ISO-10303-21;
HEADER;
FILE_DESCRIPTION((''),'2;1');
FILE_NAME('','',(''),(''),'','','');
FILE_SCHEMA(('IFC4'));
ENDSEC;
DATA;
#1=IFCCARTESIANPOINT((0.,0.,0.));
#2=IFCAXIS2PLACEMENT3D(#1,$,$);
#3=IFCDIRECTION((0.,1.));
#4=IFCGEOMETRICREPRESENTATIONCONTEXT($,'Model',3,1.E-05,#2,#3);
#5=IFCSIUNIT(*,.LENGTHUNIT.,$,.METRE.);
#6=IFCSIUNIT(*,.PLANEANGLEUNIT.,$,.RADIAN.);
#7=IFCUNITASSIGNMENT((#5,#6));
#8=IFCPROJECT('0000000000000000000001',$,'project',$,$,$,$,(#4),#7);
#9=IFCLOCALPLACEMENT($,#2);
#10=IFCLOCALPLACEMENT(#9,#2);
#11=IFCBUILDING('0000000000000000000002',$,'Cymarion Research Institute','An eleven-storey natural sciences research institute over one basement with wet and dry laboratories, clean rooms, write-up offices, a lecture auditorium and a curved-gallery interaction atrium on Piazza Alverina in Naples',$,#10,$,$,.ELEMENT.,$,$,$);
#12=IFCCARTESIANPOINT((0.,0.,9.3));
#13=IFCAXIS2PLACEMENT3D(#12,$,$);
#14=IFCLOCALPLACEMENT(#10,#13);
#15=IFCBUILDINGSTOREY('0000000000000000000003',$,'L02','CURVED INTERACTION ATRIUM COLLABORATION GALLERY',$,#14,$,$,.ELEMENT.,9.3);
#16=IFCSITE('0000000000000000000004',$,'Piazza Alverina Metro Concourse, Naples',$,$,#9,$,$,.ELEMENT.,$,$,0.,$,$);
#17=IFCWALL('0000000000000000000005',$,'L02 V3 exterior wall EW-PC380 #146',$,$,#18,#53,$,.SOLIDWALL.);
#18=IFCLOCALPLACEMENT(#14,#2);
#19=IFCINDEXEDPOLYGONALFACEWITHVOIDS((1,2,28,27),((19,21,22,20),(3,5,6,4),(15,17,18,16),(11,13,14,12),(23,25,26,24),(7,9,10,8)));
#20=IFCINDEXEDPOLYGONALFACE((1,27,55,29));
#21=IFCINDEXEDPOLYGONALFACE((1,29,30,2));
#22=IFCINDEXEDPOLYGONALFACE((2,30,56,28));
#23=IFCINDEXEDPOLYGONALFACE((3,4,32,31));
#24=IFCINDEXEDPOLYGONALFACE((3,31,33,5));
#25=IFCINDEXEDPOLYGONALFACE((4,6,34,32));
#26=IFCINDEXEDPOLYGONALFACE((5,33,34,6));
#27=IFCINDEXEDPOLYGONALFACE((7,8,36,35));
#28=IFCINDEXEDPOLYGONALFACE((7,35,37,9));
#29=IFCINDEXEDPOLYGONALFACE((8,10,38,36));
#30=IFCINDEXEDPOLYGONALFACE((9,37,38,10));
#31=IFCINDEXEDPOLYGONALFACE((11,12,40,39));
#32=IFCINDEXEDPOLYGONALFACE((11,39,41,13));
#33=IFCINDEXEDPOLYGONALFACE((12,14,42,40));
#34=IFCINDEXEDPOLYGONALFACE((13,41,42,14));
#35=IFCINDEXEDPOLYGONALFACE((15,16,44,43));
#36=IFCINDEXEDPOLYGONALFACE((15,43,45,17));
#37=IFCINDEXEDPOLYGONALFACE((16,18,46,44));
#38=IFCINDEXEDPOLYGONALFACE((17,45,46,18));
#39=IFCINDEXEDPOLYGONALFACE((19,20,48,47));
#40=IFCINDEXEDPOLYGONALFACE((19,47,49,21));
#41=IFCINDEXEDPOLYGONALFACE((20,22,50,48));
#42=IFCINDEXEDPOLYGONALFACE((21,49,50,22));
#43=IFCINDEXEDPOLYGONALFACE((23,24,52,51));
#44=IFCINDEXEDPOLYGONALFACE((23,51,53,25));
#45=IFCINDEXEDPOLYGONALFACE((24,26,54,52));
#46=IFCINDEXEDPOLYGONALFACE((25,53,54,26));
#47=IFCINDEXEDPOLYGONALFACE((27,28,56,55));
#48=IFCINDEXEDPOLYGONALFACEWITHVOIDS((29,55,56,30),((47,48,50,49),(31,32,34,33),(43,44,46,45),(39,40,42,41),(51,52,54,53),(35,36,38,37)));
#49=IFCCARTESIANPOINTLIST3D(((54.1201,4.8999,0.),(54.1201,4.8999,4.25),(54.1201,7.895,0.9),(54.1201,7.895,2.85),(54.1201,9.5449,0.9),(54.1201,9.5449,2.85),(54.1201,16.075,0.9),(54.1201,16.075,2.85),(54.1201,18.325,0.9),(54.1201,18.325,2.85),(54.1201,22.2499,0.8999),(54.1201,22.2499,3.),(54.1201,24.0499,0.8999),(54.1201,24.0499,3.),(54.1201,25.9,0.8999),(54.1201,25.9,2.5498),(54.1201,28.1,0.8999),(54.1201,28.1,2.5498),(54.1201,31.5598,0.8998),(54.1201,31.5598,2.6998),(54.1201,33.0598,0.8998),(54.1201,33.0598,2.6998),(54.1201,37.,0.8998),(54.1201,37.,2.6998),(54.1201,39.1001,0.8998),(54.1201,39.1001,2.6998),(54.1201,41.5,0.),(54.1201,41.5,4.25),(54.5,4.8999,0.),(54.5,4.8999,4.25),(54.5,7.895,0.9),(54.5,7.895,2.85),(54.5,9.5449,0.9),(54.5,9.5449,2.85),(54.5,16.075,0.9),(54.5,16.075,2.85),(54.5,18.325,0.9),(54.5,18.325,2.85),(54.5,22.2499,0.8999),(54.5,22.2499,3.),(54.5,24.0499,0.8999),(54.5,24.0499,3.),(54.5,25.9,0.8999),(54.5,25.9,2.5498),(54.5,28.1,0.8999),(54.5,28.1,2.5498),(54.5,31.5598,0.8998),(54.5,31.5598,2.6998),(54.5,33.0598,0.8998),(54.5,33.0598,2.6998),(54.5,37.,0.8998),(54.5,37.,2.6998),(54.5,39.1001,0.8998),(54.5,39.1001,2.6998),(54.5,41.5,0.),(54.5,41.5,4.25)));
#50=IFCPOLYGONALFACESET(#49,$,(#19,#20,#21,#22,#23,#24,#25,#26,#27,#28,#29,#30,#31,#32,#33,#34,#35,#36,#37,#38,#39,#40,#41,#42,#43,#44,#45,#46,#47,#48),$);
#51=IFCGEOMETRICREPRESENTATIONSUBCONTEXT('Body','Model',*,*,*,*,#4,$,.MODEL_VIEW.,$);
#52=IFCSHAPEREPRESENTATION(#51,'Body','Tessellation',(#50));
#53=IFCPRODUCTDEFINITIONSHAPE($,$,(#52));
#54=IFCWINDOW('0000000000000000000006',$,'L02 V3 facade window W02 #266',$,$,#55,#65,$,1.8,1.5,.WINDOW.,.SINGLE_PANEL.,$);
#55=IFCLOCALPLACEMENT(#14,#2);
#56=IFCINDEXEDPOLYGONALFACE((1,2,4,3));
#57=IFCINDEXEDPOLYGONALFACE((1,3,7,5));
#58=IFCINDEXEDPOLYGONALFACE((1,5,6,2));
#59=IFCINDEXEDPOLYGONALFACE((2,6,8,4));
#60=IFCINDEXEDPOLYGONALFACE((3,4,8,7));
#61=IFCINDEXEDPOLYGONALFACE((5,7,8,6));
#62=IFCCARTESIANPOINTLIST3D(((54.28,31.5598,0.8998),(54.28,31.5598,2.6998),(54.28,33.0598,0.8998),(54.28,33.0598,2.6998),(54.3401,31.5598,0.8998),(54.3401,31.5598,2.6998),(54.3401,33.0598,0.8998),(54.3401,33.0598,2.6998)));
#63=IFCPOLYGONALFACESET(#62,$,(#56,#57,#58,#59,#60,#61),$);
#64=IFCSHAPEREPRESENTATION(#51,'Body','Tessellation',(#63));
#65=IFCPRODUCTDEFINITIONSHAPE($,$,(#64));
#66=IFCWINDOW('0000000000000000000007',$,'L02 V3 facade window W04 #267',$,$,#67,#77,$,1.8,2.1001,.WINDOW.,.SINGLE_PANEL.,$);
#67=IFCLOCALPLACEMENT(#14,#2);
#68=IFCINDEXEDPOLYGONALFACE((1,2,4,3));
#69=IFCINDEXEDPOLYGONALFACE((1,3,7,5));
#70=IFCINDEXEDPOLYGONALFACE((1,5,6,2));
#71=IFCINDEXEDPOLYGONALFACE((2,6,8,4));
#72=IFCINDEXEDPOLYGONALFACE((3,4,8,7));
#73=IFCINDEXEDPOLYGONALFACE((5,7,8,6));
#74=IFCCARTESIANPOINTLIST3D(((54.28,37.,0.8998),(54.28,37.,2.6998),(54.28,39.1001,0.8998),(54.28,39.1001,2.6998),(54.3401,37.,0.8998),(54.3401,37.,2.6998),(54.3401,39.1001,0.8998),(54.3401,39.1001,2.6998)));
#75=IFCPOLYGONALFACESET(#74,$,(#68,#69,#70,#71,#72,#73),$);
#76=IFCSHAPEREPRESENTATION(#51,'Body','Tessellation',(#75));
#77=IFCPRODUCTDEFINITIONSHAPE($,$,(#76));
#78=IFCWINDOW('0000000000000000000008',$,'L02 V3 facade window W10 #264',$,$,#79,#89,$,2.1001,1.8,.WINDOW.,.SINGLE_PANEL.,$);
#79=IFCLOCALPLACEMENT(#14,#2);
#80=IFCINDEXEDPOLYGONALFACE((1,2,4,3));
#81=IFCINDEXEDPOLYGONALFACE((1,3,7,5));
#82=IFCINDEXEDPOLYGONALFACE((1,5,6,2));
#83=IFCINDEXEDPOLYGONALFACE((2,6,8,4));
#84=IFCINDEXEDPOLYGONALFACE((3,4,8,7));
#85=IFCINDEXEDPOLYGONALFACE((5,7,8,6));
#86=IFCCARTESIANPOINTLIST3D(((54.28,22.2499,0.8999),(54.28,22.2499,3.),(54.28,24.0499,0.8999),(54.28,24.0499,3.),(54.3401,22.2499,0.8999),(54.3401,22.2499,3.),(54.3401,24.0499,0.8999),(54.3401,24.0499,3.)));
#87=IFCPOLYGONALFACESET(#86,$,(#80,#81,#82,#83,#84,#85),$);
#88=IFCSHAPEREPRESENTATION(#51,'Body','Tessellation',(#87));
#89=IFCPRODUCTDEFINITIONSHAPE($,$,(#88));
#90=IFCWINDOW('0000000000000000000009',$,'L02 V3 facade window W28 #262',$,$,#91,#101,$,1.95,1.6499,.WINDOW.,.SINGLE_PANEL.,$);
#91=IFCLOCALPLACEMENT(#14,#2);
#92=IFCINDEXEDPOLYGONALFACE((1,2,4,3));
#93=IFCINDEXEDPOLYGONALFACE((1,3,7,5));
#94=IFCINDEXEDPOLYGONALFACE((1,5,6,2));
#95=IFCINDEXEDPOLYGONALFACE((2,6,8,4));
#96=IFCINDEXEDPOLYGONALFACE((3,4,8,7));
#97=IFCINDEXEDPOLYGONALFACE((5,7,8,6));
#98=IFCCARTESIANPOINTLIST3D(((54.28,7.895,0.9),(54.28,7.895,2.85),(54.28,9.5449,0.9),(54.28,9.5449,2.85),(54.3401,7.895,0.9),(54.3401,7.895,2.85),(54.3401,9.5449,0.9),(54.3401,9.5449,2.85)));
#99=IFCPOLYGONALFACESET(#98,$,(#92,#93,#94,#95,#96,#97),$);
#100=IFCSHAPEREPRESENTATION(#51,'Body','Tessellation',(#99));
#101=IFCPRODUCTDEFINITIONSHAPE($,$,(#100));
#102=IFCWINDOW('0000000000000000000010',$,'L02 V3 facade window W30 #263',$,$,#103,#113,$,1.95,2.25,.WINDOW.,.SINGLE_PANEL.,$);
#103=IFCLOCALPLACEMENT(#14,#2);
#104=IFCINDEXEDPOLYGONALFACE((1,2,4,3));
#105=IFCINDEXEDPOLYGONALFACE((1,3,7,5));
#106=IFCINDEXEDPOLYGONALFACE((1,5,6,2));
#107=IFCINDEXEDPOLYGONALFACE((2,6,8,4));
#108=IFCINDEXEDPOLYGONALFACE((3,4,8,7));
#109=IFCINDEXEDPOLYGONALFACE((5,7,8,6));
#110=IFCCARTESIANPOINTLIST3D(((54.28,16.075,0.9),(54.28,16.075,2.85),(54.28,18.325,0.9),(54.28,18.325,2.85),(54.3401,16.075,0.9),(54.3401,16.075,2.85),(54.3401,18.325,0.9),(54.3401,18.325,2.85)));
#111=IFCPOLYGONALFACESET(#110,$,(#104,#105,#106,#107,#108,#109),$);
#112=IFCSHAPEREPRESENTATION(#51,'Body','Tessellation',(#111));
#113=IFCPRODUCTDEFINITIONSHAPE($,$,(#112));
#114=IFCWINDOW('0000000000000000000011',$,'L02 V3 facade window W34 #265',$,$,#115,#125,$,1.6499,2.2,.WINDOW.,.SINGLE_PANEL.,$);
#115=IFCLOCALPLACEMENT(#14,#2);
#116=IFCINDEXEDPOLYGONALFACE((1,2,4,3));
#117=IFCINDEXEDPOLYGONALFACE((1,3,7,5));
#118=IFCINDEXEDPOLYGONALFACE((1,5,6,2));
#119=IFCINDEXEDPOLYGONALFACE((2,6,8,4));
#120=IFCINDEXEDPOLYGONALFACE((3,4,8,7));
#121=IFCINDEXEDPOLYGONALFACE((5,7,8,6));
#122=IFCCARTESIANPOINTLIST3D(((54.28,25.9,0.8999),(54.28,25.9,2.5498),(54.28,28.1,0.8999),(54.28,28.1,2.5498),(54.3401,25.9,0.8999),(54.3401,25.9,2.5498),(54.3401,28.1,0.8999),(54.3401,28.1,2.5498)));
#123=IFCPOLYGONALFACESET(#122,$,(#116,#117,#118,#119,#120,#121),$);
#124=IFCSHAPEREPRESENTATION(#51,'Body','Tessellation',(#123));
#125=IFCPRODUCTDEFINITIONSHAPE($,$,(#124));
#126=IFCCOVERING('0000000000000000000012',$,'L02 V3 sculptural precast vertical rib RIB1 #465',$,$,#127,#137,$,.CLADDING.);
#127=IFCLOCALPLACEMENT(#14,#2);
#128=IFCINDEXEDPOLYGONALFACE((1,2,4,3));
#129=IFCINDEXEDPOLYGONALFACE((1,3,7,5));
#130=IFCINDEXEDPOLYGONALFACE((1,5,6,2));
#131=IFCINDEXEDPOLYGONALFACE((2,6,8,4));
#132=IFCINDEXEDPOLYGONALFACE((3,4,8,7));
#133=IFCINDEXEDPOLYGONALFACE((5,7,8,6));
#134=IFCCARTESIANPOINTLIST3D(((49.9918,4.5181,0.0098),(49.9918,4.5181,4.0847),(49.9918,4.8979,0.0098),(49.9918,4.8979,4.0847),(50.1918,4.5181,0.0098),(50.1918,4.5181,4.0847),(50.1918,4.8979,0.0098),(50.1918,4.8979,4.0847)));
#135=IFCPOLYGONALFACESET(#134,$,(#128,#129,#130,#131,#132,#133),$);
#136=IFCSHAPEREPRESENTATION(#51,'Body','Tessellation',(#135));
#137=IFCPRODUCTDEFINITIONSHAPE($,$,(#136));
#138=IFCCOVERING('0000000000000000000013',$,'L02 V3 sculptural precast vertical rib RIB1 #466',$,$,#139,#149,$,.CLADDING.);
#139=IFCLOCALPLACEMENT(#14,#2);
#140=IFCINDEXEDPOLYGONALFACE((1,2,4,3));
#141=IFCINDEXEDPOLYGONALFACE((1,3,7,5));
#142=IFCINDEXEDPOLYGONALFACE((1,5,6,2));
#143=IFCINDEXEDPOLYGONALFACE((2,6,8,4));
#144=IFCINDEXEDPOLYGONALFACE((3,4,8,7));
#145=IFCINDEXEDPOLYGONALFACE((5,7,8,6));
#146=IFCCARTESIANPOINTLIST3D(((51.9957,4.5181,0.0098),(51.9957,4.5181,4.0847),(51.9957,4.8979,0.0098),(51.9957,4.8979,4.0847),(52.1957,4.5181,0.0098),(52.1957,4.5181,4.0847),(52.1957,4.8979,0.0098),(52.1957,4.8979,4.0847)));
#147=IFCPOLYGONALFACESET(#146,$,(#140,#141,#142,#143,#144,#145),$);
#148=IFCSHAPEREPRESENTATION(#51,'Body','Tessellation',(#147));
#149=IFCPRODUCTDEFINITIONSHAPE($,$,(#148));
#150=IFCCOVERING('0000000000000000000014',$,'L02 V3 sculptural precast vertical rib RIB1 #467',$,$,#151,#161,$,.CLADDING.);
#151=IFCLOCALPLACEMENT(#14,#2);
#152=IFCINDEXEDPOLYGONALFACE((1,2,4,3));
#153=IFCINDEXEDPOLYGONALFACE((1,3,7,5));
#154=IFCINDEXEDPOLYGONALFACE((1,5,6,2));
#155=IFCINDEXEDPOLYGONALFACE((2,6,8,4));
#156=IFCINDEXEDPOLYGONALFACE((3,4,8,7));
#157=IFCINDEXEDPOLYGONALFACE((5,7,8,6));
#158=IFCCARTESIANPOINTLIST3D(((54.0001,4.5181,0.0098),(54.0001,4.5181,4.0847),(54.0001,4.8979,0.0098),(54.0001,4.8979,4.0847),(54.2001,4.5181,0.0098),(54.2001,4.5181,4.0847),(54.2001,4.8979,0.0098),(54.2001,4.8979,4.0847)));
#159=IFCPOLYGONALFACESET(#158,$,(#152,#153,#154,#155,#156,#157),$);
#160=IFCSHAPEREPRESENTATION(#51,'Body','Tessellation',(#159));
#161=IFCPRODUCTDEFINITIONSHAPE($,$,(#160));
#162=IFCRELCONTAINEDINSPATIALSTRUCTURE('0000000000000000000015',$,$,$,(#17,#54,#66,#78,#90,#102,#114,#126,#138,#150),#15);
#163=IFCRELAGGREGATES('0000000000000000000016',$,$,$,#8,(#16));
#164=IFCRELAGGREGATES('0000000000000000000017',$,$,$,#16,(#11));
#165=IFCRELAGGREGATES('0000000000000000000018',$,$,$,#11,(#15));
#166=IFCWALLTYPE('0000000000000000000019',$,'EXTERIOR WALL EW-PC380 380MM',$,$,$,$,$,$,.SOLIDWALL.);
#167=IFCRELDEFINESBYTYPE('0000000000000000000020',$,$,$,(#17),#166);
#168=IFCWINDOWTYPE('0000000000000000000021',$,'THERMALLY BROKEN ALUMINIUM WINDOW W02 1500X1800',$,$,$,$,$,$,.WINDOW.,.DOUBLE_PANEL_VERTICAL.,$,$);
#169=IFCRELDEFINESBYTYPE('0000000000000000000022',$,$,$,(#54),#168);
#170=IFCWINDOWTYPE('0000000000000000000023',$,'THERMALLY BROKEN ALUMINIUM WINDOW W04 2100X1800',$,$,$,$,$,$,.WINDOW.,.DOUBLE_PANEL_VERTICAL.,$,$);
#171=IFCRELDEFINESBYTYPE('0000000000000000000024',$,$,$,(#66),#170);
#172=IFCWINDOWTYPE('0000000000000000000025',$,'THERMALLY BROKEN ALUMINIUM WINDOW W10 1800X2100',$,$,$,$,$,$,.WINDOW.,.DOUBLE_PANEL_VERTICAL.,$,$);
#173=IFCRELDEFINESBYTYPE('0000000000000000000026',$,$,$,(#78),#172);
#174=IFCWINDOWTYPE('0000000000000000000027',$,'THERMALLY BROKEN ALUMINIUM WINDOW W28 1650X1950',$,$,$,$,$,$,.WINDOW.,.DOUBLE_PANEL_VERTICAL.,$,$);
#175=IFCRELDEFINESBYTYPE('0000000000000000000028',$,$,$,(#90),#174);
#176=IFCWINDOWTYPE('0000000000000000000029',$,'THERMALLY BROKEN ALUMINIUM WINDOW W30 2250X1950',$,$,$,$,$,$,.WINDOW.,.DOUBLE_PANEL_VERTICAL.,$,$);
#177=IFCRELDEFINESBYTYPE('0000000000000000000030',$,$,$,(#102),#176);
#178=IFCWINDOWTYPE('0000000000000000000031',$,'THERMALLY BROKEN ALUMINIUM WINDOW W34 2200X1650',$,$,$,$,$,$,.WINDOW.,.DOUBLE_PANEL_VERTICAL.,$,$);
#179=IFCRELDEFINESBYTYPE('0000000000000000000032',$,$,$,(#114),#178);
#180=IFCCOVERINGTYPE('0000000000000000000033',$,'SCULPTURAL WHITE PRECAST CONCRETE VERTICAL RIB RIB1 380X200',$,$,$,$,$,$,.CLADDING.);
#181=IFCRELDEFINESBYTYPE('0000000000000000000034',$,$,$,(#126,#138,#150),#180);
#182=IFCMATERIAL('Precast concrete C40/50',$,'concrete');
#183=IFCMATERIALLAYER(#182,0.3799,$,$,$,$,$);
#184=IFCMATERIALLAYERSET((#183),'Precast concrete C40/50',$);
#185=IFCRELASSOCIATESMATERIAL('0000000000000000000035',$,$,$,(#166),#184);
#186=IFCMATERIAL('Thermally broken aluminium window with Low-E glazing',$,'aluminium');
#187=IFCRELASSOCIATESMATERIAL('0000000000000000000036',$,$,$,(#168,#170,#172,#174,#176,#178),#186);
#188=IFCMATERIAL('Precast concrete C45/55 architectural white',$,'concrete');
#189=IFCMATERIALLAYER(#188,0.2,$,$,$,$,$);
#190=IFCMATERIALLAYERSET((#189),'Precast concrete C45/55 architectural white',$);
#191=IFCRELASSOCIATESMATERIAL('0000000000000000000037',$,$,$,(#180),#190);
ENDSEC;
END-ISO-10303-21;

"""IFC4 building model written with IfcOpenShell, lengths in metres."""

from ifc_helpers import new_model, si_unit, direction, frame, frame_2d, origin, origin_2d, place, context, subcontext, project, spatial, rectangle, extrude, material, layer, layer_set, type_object, element, fill, save


model = new_model("IFC4")

# Units and contexts
model_context = context("Model", 3, precision=1e-05, world=origin(), true_north=direction((0.0, 1.0)))
body_context = subcontext(model_context, "Body", "Model", "MODEL_VIEW")
ifc_project = project(units=[si_unit("LENGTHUNIT", "METRE"), si_unit("PLANEANGLEUNIT", "RADIAN")], contexts=[model_context])

# Site, building, storey
site_placement = place(None, origin())
site = spatial("IfcSite", under=ifc_project, at=site_placement, Name="Piazza Alverina Metro Concourse, Naples", CompositionType="ELEMENT", RefElevation=0.0)
building_placement = place(site_placement, origin())
building = spatial("IfcBuilding", under=site, at=building_placement, Name="Cymarion Research Institute", Description="An eleven-storey natural sciences research institute over one basement with wet and dry laboratories, clean rooms, write-up offices, a lecture auditorium and a curved-gallery interaction atrium on Piazza Alverina in Naples", CompositionType="ELEMENT")
storey_placement = place(building_placement, frame((0.0, 0.0, 9.3)))
storey = spatial("IfcBuildingStorey", under=building, at=storey_placement, Name="L02", Description="CURVED INTERACTION ATRIUM COLLABORATION GALLERY", CompositionType="ELEMENT", Elevation=9.3)

# Wall, openings, windows
ifc_material_1 = material(Name="Precast concrete C40/50", Category="concrete")
ifc_layer_1 = layer(ifc_material_1, 0.3799)
ifc_layer_set_1 = layer_set([ifc_layer_1], Name="Precast concrete C40/50")
wall_type = type_object("IfcWallType", Name="EXTERIOR WALL EW-PC380 380MM", PredefinedType="SOLIDWALL", material=ifc_layer_set_1)
wall_placement = place(storey_placement, frame((54.3101, 4.8999, 0.0), z_axis=(0.0, 0.0, 1.0), x_axis=(0.0, 1.0, 0.0)))
wall = element("IfcWall", 1, at=wall_placement, inside=storey, type_object=wall_type, Name="L02 V3 exterior wall EW-PC380 #146", PredefinedType="SOLIDWALL", context=body_context, shape_type="SweptSolid", body=[
    extrude(rectangle(XDim=36.6001, YDim=0.3799, at=frame_2d((18.3, 0.0))), origin(), (0.0, 0.0, 1.0), 4.25),
])
opening_1_placement = place(wall_placement, frame((2.9951, 0.0, 0.8999)))
opening_1 = element("IfcOpeningElement", 2, at=opening_1_placement, cuts=wall, PredefinedType="OPENING", context=body_context, shape_type="SweptSolid", body=[
    extrude(rectangle(XDim=1.6499, YDim=1.95, at=frame_2d((0.825, 0.9751))), frame((0.0, 0.2, 0.0), z_axis=(0.0, -1.0, 0.0), x_axis=(1.0, 0.0, 0.0)), (0.0, 0.0, 1.0), 0.3999),
])
opening_2_placement = place(wall_placement, frame((11.175, 0.0, 0.8999)))
opening_2 = element("IfcOpeningElement", 3, at=opening_2_placement, cuts=wall, PredefinedType="OPENING", context=body_context, shape_type="SweptSolid", body=[
    extrude(rectangle(XDim=2.25, YDim=1.95, at=frame_2d((1.125, 0.9751))), frame((0.0, 0.2, 0.0), z_axis=(0.0, -1.0, 0.0), x_axis=(1.0, 0.0, 0.0)), (0.0, 0.0, 1.0), 0.3999),
])
opening_3_placement = place(wall_placement, frame((17.3501, 0.0, 0.8999)))
opening_3 = element("IfcOpeningElement", 4, at=opening_3_placement, cuts=wall, PredefinedType="OPENING", context=body_context, shape_type="SweptSolid", body=[
    extrude(rectangle(XDim=1.8, YDim=2.1001, at=frame_2d((0.8999, 1.05))), frame((0.0, 0.2, 0.0), z_axis=(0.0, -1.0, 0.0), x_axis=(1.0, 0.0, 0.0)), (0.0, 0.0, 1.0), 0.3999),
])
opening_4_placement = place(wall_placement, frame((21.0, 0.0, 0.8999)))
opening_4 = element("IfcOpeningElement", 5, at=opening_4_placement, cuts=wall, PredefinedType="OPENING", context=body_context, shape_type="SweptSolid", body=[
    extrude(rectangle(XDim=2.2, YDim=1.6499, at=frame_2d((1.1001, 0.825))), frame((0.0, 0.2, 0.0), z_axis=(0.0, -1.0, 0.0), x_axis=(1.0, 0.0, 0.0)), (0.0, 0.0, 1.0), 0.3999),
])
opening_5_placement = place(wall_placement, frame((26.6599, 0.0, 0.8999)))
opening_5 = element("IfcOpeningElement", 6, at=opening_5_placement, cuts=wall, PredefinedType="OPENING", context=body_context, shape_type="SweptSolid", body=[
    extrude(rectangle(XDim=1.5, YDim=1.8, at=frame_2d((0.75, 0.8999))), frame((0.0, 0.2, 0.0), z_axis=(0.0, -1.0, 0.0), x_axis=(1.0, 0.0, 0.0)), (0.0, 0.0, 1.0), 0.3999),
])
opening_6_placement = place(wall_placement, frame((32.1001, 0.0, 0.8999)))
opening_6 = element("IfcOpeningElement", 7, at=opening_6_placement, cuts=wall, PredefinedType="OPENING", context=body_context, shape_type="SweptSolid", body=[
    extrude(rectangle(XDim=2.1001, YDim=1.8, at=frame_2d((1.05, 0.8999))), frame((0.0, 0.2, 0.0), z_axis=(0.0, -1.0, 0.0), x_axis=(1.0, 0.0, 0.0)), (0.0, 0.0, 1.0), 0.3999),
])
ifc_material_2 = material(Name="Thermally broken aluminium window with Low-E glazing", Category="aluminium")
window_type_1 = type_object("IfcWindowType", Name="THERMALLY BROKEN ALUMINIUM WINDOW W02 1500X1800", PartitioningType="DOUBLE_PANEL_VERTICAL", PredefinedType="WINDOW", material=ifc_material_2)
window_1_placement = place(opening_5_placement, origin())
window_1 = element("IfcWindow", 8, at=window_1_placement, inside=storey, type_object=window_type_1, Name="L02 V3 facade window W02 #266", OverallHeight=1.8, OverallWidth=1.5, PartitioningType="SINGLE_PANEL", PredefinedType="WINDOW", context=body_context, shape_type="SweptSolid", body=[
    extrude(rectangle(XDim=1.5, YDim=1.8, at=frame_2d((0.75, 0.8999))), frame((0.0, 0.03, 0.0), z_axis=(0.0, -1.0, 0.0), x_axis=(1.0, 0.0, 0.0)), (0.0, 0.0, 1.0), 0.0601),
])
fill(opening_5, window_1)
window_type_2 = type_object("IfcWindowType", Name="THERMALLY BROKEN ALUMINIUM WINDOW W04 2100X1800", PartitioningType="DOUBLE_PANEL_VERTICAL", PredefinedType="WINDOW", material=ifc_material_2)
window_2_placement = place(opening_6_placement, origin())
window_2 = element("IfcWindow", 9, at=window_2_placement, inside=storey, type_object=window_type_2, Name="L02 V3 facade window W04 #267", OverallHeight=1.8, OverallWidth=2.1001, PartitioningType="SINGLE_PANEL", PredefinedType="WINDOW", context=body_context, shape_type="SweptSolid", body=[
    extrude(rectangle(XDim=2.1001, YDim=1.8, at=frame_2d((1.05, 0.8999))), frame((0.0, 0.03, 0.0), z_axis=(0.0, -1.0, 0.0), x_axis=(1.0, 0.0, 0.0)), (0.0, 0.0, 1.0), 0.0601),
])
fill(opening_6, window_2)
window_type_3 = type_object("IfcWindowType", Name="THERMALLY BROKEN ALUMINIUM WINDOW W10 1800X2100", PartitioningType="DOUBLE_PANEL_VERTICAL", PredefinedType="WINDOW", material=ifc_material_2)
window_3_placement = place(opening_3_placement, origin())
window_3 = element("IfcWindow", 10, at=window_3_placement, inside=storey, type_object=window_type_3, Name="L02 V3 facade window W10 #264", OverallHeight=2.1001, OverallWidth=1.8, PartitioningType="SINGLE_PANEL", PredefinedType="WINDOW", context=body_context, shape_type="SweptSolid", body=[
    extrude(rectangle(XDim=1.8, YDim=2.1001, at=frame_2d((0.8999, 1.05))), frame((0.0, 0.03, 0.0), z_axis=(0.0, -1.0, 0.0), x_axis=(1.0, 0.0, 0.0)), (0.0, 0.0, 1.0), 0.0601),
])
fill(opening_3, window_3)
window_type_4 = type_object("IfcWindowType", Name="THERMALLY BROKEN ALUMINIUM WINDOW W28 1650X1950", PartitioningType="DOUBLE_PANEL_VERTICAL", PredefinedType="WINDOW", material=ifc_material_2)
window_4_placement = place(opening_1_placement, origin())
window_4 = element("IfcWindow", 11, at=window_4_placement, inside=storey, type_object=window_type_4, Name="L02 V3 facade window W28 #262", OverallHeight=1.95, OverallWidth=1.6499, PartitioningType="SINGLE_PANEL", PredefinedType="WINDOW", context=body_context, shape_type="SweptSolid", body=[
    extrude(rectangle(XDim=1.6499, YDim=1.95, at=frame_2d((0.825, 0.9751))), frame((0.0, 0.03, 0.0), z_axis=(0.0, -1.0, 0.0), x_axis=(1.0, 0.0, 0.0)), (0.0, 0.0, 1.0), 0.0601),
])
fill(opening_1, window_4)
window_type_5 = type_object("IfcWindowType", Name="THERMALLY BROKEN ALUMINIUM WINDOW W30 2250X1950", PartitioningType="DOUBLE_PANEL_VERTICAL", PredefinedType="WINDOW", material=ifc_material_2)
window_5_placement = place(opening_2_placement, origin())
window_5 = element("IfcWindow", 12, at=window_5_placement, inside=storey, type_object=window_type_5, Name="L02 V3 facade window W30 #263", OverallHeight=1.95, OverallWidth=2.25, PartitioningType="SINGLE_PANEL", PredefinedType="WINDOW", context=body_context, shape_type="SweptSolid", body=[
    extrude(rectangle(XDim=2.25, YDim=1.95, at=frame_2d((1.125, 0.9751))), frame((0.0, 0.03, 0.0), z_axis=(0.0, -1.0, 0.0), x_axis=(1.0, 0.0, 0.0)), (0.0, 0.0, 1.0), 0.0601),
])
fill(opening_2, window_5)
window_type_6 = type_object("IfcWindowType", Name="THERMALLY BROKEN ALUMINIUM WINDOW W34 2200X1650", PartitioningType="DOUBLE_PANEL_VERTICAL", PredefinedType="WINDOW", material=ifc_material_2)
window_6_placement = place(opening_4_placement, origin())
window_6 = element("IfcWindow", 13, at=window_6_placement, inside=storey, type_object=window_type_6, Name="L02 V3 facade window W34 #265", OverallHeight=1.6499, OverallWidth=2.2, PartitioningType="SINGLE_PANEL", PredefinedType="WINDOW", context=body_context, shape_type="SweptSolid", body=[
    extrude(rectangle(XDim=2.2, YDim=1.6499, at=frame_2d((1.1001, 0.825))), frame((0.0, 0.03, 0.0), z_axis=(0.0, -1.0, 0.0), x_axis=(1.0, 0.0, 0.0)), (0.0, 0.0, 1.0), 0.0601),
])
fill(opening_4, window_6)

# Coverings
ifc_material_3 = material(Name="Precast concrete C45/55 architectural white", Category="concrete")
ifc_layer_2 = layer(ifc_material_3, 0.2)
ifc_layer_set_2 = layer_set([ifc_layer_2], Name="Precast concrete C45/55 architectural white")
covering_type_1 = type_object("IfcCoveringType", Name="SCULPTURAL WHITE PRECAST CONCRETE VERTICAL RIB RIB1 380X200", PredefinedType="CLADDING", material=ifc_layer_set_2)
for number, where, z_axis, x_axis, name in (
    (14, (50.0918, 4.708, 0.0098), (0.0, 0.0, 1.0), (0.0, -1.0, 0.0), "L02 V3 sculptural precast vertical rib RIB1 #465"),
    (15, (52.0957, 4.708, 0.0098), (0.0, 0.0, 1.0), (0.0, -1.0, 0.0), "L02 V3 sculptural precast vertical rib RIB1 #466"),
    (16, (54.1001, 4.708, 0.0098), (0.0, 0.0, 1.0), (0.0, -1.0, 0.0), "L02 V3 sculptural precast vertical rib RIB1 #467"),
):
    element("IfcCovering", number, at=place(storey_placement, frame(where, z_axis=z_axis, x_axis=x_axis)), inside=storey, type_object=covering_type_1, Name=name, PredefinedType="CLADDING", context=body_context, shape_type="SweptSolid", body=[
        extrude(rectangle(XDim=0.3799, YDim=0.2, at=origin_2d()), origin(), (0.0, 0.0, 1.0), 4.075),
    ])

save(model, "model.ifc")
